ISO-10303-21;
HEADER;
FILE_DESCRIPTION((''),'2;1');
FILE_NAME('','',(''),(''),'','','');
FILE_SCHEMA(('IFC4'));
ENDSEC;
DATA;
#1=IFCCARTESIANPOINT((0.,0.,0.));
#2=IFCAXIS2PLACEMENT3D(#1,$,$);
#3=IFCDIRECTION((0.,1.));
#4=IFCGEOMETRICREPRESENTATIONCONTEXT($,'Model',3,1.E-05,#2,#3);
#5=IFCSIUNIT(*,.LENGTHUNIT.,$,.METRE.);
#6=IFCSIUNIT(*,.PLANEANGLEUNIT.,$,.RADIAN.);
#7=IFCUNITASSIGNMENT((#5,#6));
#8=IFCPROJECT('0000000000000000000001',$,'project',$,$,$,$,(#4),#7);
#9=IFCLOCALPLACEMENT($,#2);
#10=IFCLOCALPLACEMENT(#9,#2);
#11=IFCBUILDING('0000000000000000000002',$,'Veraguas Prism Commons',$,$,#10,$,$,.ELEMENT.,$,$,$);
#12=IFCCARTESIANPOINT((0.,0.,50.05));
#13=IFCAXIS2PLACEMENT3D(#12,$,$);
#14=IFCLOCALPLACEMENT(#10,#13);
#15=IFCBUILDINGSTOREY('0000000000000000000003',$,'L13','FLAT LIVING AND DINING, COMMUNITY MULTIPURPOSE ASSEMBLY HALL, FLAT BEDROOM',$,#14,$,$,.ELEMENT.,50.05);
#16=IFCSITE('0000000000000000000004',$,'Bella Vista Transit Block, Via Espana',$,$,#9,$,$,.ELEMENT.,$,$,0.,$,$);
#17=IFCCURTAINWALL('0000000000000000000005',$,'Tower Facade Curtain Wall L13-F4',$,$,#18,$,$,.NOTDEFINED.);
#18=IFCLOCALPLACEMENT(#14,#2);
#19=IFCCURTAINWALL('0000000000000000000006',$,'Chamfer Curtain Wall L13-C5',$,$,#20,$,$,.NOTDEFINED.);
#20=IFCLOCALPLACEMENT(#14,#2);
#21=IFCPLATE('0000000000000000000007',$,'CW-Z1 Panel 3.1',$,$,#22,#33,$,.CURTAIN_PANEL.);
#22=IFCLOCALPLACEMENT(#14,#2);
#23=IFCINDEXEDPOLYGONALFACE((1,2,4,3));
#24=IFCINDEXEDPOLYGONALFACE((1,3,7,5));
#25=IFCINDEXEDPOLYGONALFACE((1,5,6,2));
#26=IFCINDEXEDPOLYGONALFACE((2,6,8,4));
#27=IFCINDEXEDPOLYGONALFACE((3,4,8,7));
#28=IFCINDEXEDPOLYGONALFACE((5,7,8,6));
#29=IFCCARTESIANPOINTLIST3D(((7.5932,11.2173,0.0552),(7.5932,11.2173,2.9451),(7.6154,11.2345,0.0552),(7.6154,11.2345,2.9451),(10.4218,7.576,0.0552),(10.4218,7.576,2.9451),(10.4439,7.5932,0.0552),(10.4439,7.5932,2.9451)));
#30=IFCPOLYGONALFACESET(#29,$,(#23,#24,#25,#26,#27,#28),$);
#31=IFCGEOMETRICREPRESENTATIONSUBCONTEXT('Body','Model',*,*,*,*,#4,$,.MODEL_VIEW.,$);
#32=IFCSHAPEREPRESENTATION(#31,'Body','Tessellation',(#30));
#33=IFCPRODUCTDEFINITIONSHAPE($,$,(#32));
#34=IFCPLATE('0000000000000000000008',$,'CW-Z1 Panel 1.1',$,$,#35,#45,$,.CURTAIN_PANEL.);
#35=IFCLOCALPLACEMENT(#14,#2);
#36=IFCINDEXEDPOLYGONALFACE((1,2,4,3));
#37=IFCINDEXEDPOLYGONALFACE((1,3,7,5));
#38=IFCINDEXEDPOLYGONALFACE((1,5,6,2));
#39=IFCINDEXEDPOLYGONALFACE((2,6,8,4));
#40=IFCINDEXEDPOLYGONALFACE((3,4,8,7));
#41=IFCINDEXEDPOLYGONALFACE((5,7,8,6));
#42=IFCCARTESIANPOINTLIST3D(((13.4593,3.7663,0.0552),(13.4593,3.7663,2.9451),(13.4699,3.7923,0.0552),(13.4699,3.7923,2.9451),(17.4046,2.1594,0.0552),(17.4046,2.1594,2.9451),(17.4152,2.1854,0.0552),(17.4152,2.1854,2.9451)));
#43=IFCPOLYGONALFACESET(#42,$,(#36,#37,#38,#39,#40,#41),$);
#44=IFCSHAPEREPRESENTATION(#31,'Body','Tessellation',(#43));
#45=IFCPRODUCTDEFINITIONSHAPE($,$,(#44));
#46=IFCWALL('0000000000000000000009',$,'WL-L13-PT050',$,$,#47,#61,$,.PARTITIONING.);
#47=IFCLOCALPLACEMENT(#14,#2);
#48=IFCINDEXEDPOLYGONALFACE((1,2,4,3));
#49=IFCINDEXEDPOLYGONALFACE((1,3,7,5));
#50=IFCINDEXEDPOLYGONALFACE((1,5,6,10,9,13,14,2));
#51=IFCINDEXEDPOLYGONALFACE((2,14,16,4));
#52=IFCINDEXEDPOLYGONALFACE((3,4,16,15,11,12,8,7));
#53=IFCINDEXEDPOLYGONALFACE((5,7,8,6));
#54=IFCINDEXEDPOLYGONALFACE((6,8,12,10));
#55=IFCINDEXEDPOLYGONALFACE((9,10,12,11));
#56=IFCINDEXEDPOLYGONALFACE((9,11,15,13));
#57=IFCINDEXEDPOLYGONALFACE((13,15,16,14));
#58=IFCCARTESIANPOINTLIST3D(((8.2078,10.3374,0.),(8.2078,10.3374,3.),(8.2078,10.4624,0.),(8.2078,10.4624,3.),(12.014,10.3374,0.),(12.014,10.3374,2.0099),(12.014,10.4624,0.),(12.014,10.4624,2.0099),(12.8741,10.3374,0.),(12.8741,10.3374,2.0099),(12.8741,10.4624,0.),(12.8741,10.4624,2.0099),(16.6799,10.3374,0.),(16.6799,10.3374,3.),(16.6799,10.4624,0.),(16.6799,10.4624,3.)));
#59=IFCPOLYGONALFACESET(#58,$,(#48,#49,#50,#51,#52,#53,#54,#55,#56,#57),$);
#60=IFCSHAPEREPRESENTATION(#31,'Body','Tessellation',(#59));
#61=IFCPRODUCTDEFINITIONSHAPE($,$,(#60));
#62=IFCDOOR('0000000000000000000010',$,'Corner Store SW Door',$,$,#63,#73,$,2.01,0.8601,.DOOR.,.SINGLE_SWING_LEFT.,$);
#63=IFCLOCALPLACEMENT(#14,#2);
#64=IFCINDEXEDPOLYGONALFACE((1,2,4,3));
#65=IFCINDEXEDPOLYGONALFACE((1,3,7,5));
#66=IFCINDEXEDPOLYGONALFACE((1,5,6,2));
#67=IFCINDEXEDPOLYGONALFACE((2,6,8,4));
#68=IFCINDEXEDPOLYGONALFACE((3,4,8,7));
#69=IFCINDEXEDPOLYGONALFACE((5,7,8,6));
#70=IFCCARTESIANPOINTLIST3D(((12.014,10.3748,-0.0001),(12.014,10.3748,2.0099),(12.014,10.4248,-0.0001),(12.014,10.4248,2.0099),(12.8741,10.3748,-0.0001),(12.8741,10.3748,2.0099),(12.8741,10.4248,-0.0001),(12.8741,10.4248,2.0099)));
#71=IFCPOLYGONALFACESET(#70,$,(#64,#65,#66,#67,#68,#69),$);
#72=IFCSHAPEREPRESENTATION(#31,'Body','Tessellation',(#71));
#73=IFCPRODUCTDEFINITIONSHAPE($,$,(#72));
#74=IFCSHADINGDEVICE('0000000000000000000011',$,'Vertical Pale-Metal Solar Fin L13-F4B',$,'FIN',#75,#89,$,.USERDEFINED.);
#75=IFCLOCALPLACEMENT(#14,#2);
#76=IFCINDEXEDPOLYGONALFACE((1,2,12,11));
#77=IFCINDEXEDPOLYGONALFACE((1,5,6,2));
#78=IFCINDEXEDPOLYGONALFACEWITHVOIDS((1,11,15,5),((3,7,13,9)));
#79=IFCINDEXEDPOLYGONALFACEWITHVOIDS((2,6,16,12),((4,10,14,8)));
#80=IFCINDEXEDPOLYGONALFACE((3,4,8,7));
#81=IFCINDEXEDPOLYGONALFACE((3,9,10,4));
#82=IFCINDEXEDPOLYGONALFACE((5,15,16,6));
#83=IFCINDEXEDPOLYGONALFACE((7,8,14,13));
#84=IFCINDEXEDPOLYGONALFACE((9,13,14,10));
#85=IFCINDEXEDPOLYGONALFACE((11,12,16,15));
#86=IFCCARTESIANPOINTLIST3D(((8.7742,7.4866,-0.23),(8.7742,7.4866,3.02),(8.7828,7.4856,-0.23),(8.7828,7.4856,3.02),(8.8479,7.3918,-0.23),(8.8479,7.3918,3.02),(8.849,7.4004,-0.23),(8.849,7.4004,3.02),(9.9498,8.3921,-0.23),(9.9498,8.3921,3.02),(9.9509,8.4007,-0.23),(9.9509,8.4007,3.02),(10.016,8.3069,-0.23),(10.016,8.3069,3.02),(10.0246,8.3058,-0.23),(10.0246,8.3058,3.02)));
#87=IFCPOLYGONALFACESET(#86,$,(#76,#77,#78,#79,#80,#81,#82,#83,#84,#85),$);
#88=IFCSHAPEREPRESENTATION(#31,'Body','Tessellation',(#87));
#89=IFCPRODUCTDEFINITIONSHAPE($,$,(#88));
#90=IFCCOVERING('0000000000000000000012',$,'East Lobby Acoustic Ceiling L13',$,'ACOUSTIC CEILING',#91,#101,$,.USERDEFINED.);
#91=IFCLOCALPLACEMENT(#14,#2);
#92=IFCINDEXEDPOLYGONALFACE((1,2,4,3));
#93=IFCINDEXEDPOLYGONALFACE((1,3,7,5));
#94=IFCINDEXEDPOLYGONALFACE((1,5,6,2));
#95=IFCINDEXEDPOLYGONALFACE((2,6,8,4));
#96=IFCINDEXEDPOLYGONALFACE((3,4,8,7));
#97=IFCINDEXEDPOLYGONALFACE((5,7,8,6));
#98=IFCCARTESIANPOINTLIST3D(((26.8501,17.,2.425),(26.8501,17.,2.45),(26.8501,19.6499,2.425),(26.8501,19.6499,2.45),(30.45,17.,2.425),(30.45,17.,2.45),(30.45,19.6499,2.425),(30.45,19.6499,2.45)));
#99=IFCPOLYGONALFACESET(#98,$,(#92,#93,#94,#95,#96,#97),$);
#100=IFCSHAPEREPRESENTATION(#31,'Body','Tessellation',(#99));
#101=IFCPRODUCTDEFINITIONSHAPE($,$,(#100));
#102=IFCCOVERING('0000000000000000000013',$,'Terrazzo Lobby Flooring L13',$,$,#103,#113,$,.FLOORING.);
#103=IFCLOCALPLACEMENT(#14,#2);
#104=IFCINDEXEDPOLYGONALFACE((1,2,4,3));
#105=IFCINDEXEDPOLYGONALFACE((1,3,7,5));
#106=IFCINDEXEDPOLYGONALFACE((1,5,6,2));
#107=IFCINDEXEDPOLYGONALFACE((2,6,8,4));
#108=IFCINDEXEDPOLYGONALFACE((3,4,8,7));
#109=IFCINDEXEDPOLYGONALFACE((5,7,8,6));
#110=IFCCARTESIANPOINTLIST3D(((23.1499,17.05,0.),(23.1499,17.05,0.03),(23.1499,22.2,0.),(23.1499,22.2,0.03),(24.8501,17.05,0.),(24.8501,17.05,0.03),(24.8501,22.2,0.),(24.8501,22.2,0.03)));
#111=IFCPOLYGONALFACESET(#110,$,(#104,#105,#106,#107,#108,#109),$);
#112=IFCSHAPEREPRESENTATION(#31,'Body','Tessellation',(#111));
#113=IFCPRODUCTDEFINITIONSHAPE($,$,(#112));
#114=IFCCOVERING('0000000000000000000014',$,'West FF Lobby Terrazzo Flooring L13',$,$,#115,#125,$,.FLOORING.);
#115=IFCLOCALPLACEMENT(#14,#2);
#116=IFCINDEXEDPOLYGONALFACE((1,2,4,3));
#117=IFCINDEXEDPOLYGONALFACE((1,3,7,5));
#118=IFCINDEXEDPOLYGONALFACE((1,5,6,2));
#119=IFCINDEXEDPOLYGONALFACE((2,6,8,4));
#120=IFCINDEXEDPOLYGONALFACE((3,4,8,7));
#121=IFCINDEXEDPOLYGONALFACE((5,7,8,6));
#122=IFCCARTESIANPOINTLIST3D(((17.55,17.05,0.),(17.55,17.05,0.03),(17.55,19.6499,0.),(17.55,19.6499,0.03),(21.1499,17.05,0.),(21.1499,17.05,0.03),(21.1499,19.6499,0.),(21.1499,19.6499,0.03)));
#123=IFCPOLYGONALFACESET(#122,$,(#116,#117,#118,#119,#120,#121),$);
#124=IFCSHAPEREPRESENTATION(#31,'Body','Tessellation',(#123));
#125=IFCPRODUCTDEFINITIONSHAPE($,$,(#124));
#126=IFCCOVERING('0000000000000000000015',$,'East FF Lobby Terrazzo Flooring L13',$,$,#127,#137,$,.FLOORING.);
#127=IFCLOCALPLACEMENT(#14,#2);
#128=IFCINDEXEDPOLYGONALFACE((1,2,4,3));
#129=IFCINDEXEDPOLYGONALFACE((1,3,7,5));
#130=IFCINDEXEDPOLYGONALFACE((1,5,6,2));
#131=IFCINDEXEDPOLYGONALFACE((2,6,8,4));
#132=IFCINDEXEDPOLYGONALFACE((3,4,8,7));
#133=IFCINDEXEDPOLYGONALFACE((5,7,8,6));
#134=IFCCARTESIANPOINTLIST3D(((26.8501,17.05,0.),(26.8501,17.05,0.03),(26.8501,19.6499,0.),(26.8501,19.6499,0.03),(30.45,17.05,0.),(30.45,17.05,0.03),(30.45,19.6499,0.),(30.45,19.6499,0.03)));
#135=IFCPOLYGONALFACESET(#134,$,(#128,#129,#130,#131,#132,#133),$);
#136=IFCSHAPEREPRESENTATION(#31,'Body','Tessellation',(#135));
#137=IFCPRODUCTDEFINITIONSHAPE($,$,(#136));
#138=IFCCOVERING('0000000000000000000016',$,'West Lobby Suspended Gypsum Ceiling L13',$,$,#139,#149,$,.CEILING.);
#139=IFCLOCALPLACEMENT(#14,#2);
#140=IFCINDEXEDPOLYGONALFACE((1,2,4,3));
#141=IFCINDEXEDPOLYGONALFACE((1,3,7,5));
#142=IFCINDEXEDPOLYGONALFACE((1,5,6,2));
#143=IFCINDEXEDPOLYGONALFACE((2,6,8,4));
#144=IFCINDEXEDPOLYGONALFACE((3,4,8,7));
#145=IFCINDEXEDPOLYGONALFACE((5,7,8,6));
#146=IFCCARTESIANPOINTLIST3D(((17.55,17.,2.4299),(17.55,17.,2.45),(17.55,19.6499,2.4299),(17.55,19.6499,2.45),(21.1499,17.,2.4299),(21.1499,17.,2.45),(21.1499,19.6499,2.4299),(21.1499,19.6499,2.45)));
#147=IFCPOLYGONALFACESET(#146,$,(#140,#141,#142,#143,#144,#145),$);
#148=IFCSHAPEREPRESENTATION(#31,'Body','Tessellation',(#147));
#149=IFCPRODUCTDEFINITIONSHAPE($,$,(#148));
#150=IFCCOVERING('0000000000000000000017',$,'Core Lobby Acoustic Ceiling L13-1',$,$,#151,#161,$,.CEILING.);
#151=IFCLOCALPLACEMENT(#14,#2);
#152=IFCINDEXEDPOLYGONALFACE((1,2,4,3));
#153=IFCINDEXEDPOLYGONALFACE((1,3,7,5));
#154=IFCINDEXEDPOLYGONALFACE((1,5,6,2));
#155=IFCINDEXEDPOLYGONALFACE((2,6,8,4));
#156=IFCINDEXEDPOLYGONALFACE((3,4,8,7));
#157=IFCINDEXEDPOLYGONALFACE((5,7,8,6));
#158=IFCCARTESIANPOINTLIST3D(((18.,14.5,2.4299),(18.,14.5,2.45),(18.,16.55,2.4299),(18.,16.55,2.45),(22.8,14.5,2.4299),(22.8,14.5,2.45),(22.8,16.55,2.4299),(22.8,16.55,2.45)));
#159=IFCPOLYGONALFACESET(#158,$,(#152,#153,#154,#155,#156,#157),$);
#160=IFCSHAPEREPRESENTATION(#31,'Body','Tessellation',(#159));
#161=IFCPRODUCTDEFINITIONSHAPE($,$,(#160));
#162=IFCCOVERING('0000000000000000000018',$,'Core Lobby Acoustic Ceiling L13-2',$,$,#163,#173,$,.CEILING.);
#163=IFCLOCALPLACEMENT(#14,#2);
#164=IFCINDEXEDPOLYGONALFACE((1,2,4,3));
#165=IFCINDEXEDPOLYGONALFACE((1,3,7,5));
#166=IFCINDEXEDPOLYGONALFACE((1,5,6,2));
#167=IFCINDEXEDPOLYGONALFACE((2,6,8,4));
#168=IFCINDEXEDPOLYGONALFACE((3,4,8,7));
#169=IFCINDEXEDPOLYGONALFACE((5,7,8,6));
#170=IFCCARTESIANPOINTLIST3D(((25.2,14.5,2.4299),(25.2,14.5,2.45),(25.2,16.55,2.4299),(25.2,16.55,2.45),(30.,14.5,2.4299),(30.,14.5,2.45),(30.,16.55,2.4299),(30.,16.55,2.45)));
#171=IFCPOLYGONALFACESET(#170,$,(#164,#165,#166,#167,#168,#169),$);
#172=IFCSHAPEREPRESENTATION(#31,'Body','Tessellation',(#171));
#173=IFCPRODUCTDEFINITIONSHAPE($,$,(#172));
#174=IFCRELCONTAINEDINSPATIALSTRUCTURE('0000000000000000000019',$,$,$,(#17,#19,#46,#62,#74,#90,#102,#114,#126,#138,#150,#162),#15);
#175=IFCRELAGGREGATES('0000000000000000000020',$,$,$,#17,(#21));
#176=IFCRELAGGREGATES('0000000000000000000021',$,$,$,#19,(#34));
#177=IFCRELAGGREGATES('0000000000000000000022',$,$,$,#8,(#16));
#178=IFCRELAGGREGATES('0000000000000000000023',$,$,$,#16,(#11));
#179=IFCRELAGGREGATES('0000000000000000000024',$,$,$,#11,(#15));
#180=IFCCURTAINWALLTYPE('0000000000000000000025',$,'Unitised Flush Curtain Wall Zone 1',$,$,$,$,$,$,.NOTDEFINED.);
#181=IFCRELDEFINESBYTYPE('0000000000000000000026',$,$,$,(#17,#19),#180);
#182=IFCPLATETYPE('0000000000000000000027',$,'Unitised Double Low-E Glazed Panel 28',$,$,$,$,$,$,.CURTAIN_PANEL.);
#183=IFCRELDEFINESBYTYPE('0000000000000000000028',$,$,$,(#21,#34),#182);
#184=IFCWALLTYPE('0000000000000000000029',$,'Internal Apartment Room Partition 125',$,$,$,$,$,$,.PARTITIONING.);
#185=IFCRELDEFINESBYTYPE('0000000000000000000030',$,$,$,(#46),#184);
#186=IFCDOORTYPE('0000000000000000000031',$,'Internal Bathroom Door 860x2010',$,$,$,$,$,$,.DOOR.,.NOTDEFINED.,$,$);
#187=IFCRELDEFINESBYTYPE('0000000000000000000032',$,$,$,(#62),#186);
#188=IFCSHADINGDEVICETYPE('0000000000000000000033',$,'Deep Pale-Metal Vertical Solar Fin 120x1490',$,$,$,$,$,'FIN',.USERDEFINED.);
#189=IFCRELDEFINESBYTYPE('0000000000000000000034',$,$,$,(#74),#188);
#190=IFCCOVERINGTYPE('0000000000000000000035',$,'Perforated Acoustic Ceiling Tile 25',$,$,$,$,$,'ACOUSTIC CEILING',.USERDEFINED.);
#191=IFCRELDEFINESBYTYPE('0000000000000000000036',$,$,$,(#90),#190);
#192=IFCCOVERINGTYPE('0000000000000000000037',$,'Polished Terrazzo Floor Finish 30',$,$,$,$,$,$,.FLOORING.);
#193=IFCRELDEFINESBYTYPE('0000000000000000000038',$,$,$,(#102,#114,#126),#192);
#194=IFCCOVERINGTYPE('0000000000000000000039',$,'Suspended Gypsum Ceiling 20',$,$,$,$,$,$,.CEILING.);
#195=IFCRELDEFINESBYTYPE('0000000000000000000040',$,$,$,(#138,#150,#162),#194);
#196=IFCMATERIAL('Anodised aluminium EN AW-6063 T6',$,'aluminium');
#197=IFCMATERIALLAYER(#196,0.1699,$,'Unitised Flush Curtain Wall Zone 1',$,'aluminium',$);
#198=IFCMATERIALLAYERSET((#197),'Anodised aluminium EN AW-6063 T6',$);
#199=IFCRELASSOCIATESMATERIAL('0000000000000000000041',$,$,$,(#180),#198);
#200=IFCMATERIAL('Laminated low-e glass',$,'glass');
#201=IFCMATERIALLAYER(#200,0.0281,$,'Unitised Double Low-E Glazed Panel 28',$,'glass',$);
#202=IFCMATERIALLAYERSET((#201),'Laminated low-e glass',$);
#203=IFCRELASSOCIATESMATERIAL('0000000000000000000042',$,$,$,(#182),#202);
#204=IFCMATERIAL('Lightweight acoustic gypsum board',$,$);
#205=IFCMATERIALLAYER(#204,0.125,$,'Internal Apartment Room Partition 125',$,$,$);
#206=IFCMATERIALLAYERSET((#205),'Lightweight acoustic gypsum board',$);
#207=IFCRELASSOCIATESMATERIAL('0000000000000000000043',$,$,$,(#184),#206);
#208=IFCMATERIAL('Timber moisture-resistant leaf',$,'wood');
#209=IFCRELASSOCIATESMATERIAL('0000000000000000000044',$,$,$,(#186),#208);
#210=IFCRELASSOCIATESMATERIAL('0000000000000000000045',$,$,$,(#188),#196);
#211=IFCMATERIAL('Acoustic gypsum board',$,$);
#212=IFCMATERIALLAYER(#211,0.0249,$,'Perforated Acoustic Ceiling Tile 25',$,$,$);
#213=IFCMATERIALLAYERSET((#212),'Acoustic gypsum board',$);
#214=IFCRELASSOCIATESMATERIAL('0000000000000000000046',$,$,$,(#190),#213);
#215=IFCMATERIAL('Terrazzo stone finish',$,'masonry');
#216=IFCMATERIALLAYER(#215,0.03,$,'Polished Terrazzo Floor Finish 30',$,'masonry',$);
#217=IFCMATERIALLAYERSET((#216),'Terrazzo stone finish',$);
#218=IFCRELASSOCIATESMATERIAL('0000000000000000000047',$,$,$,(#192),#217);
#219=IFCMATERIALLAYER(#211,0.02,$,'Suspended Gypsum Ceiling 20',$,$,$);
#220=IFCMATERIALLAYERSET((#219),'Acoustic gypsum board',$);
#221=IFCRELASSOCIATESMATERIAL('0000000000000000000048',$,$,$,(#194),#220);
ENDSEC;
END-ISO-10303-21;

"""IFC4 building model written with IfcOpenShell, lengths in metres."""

from ifc_helpers import new_model, si_unit, direction, frame, frame_2d, origin, origin_2d, place, context, subcontext, project, spatial, polyline, rectangle, hollow_rectangle, outline, extrude, source, transform, mapped, material, layer, layer_set, material_profile, profile_set, type_object, element, fill, aggregate, save


model = new_model("IFC4")

# Units and contexts
model_context = context("Model", 3, precision=1e-05, world=origin(), true_north=direction((0.0, 1.0)))
body_context = subcontext(model_context, "Body", "Model", "MODEL_VIEW")
ifc_project = project(units=[si_unit("LENGTHUNIT", "METRE"), si_unit("PLANEANGLEUNIT", "RADIAN")], contexts=[model_context])

# Site, building, storey
site_placement = place(None, origin())
site = spatial("IfcSite", under=ifc_project, at=site_placement, Name="Bella Vista Transit Block, Via Espana", CompositionType="ELEMENT", RefElevation=0.0)
building_placement = place(site_placement, origin())
building = spatial("IfcBuilding", under=site, at=building_placement, Name="Veraguas Prism Commons", CompositionType="ELEMENT")
storey_placement = place(building_placement, frame((0.0, 0.0, 50.05)))
storey = spatial("IfcBuildingStorey", under=building, at=storey_placement, Name="L13", Description="FLAT LIVING AND DINING, COMMUNITY MULTIPURPOSE ASSEMBLY HALL, FLAT BEDROOM", CompositionType="ELEMENT", Elevation=50.05)

# Curtain wall
ifc_material_1 = material(Name="Anodised aluminium EN AW-6063 T6", Category="aluminium")
ifc_layer_1 = layer(ifc_material_1, 0.1699, Name="Unitised Flush Curtain Wall Zone 1", Category="aluminium")
ifc_layer_set_1 = layer_set([ifc_layer_1], Name="Anodised aluminium EN AW-6063 T6")
curtain_wall_type = type_object("IfcCurtainWallType", Name="Unitised Flush Curtain Wall Zone 1", PredefinedType="NOTDEFINED", material=ifc_layer_set_1)
curtain_wall_1_placement = place(storey_placement, origin())
curtain_wall_1 = element("IfcCurtainWall", 1, at=curtain_wall_1_placement, inside=storey, type_object=curtain_wall_type, Name="Tower Facade Curtain Wall L13-F4", PredefinedType="NOTDEFINED")

# Curtain wall
curtain_wall_2_placement = place(storey_placement, origin())
curtain_wall_2 = element("IfcCurtainWall", 2, at=curtain_wall_2_placement, inside=storey, type_object=curtain_wall_type, Name="Chamfer Curtain Wall L13-C5", PredefinedType="NOTDEFINED")

# Plates
ifc_material_2 = material(Name="Laminated low-e glass", Category="glass")
ifc_layer_2 = layer(ifc_material_2, 0.0281, Name="Unitised Double Low-E Glazed Panel 28", Category="glass")
ifc_layer_set_2 = layer_set([ifc_layer_2], Name="Laminated low-e glass")
plate_type = type_object("IfcPlateType", Name="Unitised Double Low-E Glazed Panel 28", PredefinedType="CURTAIN_PANEL", material=ifc_layer_set_2)
shared_shape_1 = source(origin(), body_context, "Body", "SweptSolid", [
    extrude(rectangle(XDim=4.6108, YDim=0.0281, at=origin_2d()), origin(), (0.0, 0.0, 1.0), 2.8899),
])
plate_1_placement = place(storey_placement, frame((9.0186, 9.4053, 0.0552), z_axis=(0.0, 0.0, 1.0), x_axis=(0.613461, -0.789725, 0.0)))
plate_1 = element("IfcPlate", 3, at=plate_1_placement, type_object=plate_type, Name="CW-Z1 Panel 3.1", PredefinedType="CURTAIN_PANEL", context=body_context, shape_type="MappedRepresentation", body=[
    mapped(shared_shape_1, transform((0.0, 0.0, 0.0), scale=1.0)),
])
aggregate(curtain_wall_1, [plate_1])
shared_shape_2 = source(origin(), body_context, "Body", "SweptSolid", [
    extrude(rectangle(XDim=4.26, YDim=0.0281, at=origin_2d()), origin(), (0.0, 0.0, 1.0), 2.8899),
])
plate_2_placement = place(storey_placement, frame((15.4373, 2.9758, 0.0552), z_axis=(0.0, 0.0, 1.0), x_axis=(0.926125, -0.377217, 0.0)))
plate_2 = element("IfcPlate", 4, at=plate_2_placement, type_object=plate_type, Name="CW-Z1 Panel 1.1", PredefinedType="CURTAIN_PANEL", context=body_context, shape_type="MappedRepresentation", body=[
    mapped(shared_shape_2, transform((0.0, 0.0, 0.0), scale=1.0)),
])
aggregate(curtain_wall_2, [plate_2])

# Wall, opening, door
ifc_material_3 = material(Name="Lightweight acoustic gypsum board")
ifc_layer_3 = layer(ifc_material_3, 0.125, Name="Internal Apartment Room Partition 125")
ifc_layer_set_3 = layer_set([ifc_layer_3], Name="Lightweight acoustic gypsum board")
wall_type = type_object("IfcWallType", Name="Internal Apartment Room Partition 125", PredefinedType="PARTITIONING", material=ifc_layer_set_3)
wall_placement = place(storey_placement, frame((8.2078, 10.3999, 0.0), z_axis=(0.0, 0.0, 1.0), x_axis=(1.0, 0.0, 0.0)))
wall = element("IfcWall", 5, at=wall_placement, inside=storey, type_object=wall_type, Name="WL-L13-PT050", PredefinedType="PARTITIONING", context=body_context, shape_type="SweptSolid", body=[
    extrude(rectangle(XDim=8.4722, YDim=0.125, at=frame_2d((4.2361, 0.0))), origin(), (0.0, 0.0, 1.0), 3.0),
])
opening_placement = place(wall_placement, frame((3.8062, 0.0, 0.0)))
opening = element("IfcOpeningElement", 6, at=opening_placement, cuts=wall, PredefinedType="OPENING", context=body_context, shape_type="SweptSolid", body=[
    extrude(rectangle(XDim=0.8601, YDim=2.01, at=frame_2d((0.4302, 1.0049))), frame((0.0, 0.0725, 0.0), z_axis=(0.0, -1.0, 0.0), x_axis=(1.0, 0.0, 0.0)), (0.0, 0.0, 1.0), 0.145),
])
ifc_material_4 = material(Name="Timber moisture-resistant leaf", Category="wood")
door_type = type_object("IfcDoorType", Name="Internal Bathroom Door 860x2010", OperationType="NOTDEFINED", PredefinedType="DOOR", material=ifc_material_4)
shared_shape_3 = source(origin(), body_context, "Body", "SweptSolid", [
    extrude(rectangle(XDim=0.8601, YDim=2.01, at=frame_2d((0.4302, 1.0049))), frame((0.0, 0.0249, 0.0), z_axis=(0.0, -1.0, 0.0), x_axis=(1.0, 0.0, 0.0)), (0.0, 0.0, 1.0), 0.05),
])
door_placement = place(opening_placement, origin())
door = element("IfcDoor", 7, at=door_placement, inside=storey, type_object=door_type, Name="Corner Store SW Door", OperationType="SINGLE_SWING_LEFT", OverallHeight=2.01, OverallWidth=0.8601, PredefinedType="DOOR", context=body_context, shape_type="MappedRepresentation", body=[
    mapped(shared_shape_3, transform((0.0, 0.0, 0.0), scale=1.0)),
])
fill(opening, door)

# Shading device
ifc_material_profile_1 = material_profile(ifc_material_1, hollow_rectangle(XDim=0.1201, YDim=1.49, WallThickness=0.0061, at=origin_2d()), Name="FIN120X1490X6")
ifc_profile_set_1 = profile_set([ifc_material_profile_1], Name="Anodised aluminium EN AW-6063 T6")
shading_device_type = type_object("IfcShadingDeviceType", Name="Deep Pale-Metal Vertical Solar Fin 120x1490", ElementType="FIN", PredefinedType="USERDEFINED", material=ifc_profile_set_1)
shading_device_placement = place(storey_placement, frame((9.3994, 7.8962, -0.23), z_axis=(0.0, 0.0, 1.0), x_axis=(0.61346, -0.789726, 0.0)))
element("IfcShadingDevice", 8, at=shading_device_placement, inside=storey, type_object=shading_device_type, Name="Vertical Pale-Metal Solar Fin L13-F4B", ObjectType="FIN", PredefinedType="USERDEFINED", context=body_context, shape_type="SweptSolid", body=[
    extrude(hollow_rectangle(XDim=0.1201, YDim=1.49, WallThickness=0.0061, at=origin_2d()), origin(), (0.0, 0.0, 1.0), 3.25),
])

# Coverings
ifc_material_5 = material(Name="Acoustic gypsum board")
ifc_layer_4 = layer(ifc_material_5, 0.0249, Name="Perforated Acoustic Ceiling Tile 25")
ifc_layer_set_4 = layer_set([ifc_layer_4], Name="Acoustic gypsum board")
covering_type_1 = type_object("IfcCoveringType", Name="Perforated Acoustic Ceiling Tile 25", ElementType="ACOUSTIC CEILING", PredefinedType="USERDEFINED", material=ifc_layer_set_4)
covering_1_placement = place(storey_placement, frame((0.0, 0.0, 2.425)))
element("IfcCovering", 9, at=covering_1_placement, inside=storey, type_object=covering_type_1, Name="East Lobby Acoustic Ceiling L13", ObjectType="ACOUSTIC CEILING", PredefinedType="USERDEFINED", context=body_context, shape_type="SweptSolid", body=[
    extrude(outline(polyline([(26.8501, 17.0), (30.45, 17.0), (30.45, 19.6499), (26.8501, 19.6499), (26.8501, 17.0)])), origin(), (0.0, 0.0, 1.0), 0.0249),
])
ifc_material_6 = material(Name="Terrazzo stone finish", Category="masonry")
ifc_layer_5 = layer(ifc_material_6, 0.03, Name="Polished Terrazzo Floor Finish 30", Category="masonry")
ifc_layer_set_5 = layer_set([ifc_layer_5], Name="Terrazzo stone finish")
covering_type_2 = type_object("IfcCoveringType", Name="Polished Terrazzo Floor Finish 30", PredefinedType="FLOORING", material=ifc_layer_set_5)
covering_2_placement = place(storey_placement, origin())
element("IfcCovering", 10, at=covering_2_placement, inside=storey, type_object=covering_type_2, Name="Terrazzo Lobby Flooring L13", PredefinedType="FLOORING", context=body_context, shape_type="SweptSolid", body=[
    extrude(outline(polyline([(23.1499, 17.05), (24.8501, 17.05), (24.8501, 22.2), (23.1499, 22.2), (23.1499, 17.05)])), origin(), (0.0, 0.0, 1.0), 0.03),
])
covering_3_placement = place(storey_placement, origin())
element("IfcCovering", 11, at=covering_3_placement, inside=storey, type_object=covering_type_2, Name="West FF Lobby Terrazzo Flooring L13", PredefinedType="FLOORING", context=body_context, shape_type="SweptSolid", body=[
    extrude(outline(polyline([(17.55, 17.05), (21.1499, 17.05), (21.1499, 19.6499), (17.55, 19.6499), (17.55, 17.05)])), origin(), (0.0, 0.0, 1.0), 0.03),
])
covering_4_placement = place(storey_placement, origin())
element("IfcCovering", 12, at=covering_4_placement, inside=storey, type_object=covering_type_2, Name="East FF Lobby Terrazzo Flooring L13", PredefinedType="FLOORING", context=body_context, shape_type="SweptSolid", body=[
    extrude(outline(polyline([(26.8501, 17.05), (30.45, 17.05), (30.45, 19.6499), (26.8501, 19.6499), (26.8501, 17.05)])), origin(), (0.0, 0.0, 1.0), 0.03),
])
ifc_layer_6 = layer(ifc_material_5, 0.02, Name="Suspended Gypsum Ceiling 20")
ifc_layer_set_6 = layer_set([ifc_layer_6], Name="Acoustic gypsum board")
covering_type_3 = type_object("IfcCoveringType", Name="Suspended Gypsum Ceiling 20", PredefinedType="CEILING", material=ifc_layer_set_6)
covering_5_placement = place(storey_placement, frame((0.0, 0.0, 2.4299)))
element("IfcCovering", 13, at=covering_5_placement, inside=storey, type_object=covering_type_3, Name="West Lobby Suspended Gypsum Ceiling L13", PredefinedType="CEILING", context=body_context, shape_type="SweptSolid", body=[
    extrude(outline(polyline([(17.55, 17.0), (21.1499, 17.0), (21.1499, 19.6499), (17.55, 19.6499), (17.55, 17.0)])), origin(), (0.0, 0.0, 1.0), 0.02),
])
covering_6_placement = place(storey_placement, frame((0.0, 0.0, 2.4299)))
element("IfcCovering", 14, at=covering_6_placement, inside=storey, type_object=covering_type_3, Name="Core Lobby Acoustic Ceiling L13-1", PredefinedType="CEILING", context=body_context, shape_type="SweptSolid", body=[
    extrude(outline(polyline([(18.0, 14.5), (22.8, 14.5), (22.8, 16.55), (18.0, 16.55), (18.0, 14.5)])), origin(), (0.0, 0.0, 1.0), 0.02),
])
covering_7_placement = place(storey_placement, frame((0.0, 0.0, 2.4299)))
element("IfcCovering", 15, at=covering_7_placement, inside=storey, type_object=covering_type_3, Name="Core Lobby Acoustic Ceiling L13-2", PredefinedType="CEILING", context=body_context, shape_type="SweptSolid", body=[
    extrude(outline(polyline([(25.2, 14.5), (30.0, 14.5), (30.0, 16.55), (25.2, 16.55), (25.2, 14.5)])), origin(), (0.0, 0.0, 1.0), 0.02),
])

save(model, "model.ifc")
